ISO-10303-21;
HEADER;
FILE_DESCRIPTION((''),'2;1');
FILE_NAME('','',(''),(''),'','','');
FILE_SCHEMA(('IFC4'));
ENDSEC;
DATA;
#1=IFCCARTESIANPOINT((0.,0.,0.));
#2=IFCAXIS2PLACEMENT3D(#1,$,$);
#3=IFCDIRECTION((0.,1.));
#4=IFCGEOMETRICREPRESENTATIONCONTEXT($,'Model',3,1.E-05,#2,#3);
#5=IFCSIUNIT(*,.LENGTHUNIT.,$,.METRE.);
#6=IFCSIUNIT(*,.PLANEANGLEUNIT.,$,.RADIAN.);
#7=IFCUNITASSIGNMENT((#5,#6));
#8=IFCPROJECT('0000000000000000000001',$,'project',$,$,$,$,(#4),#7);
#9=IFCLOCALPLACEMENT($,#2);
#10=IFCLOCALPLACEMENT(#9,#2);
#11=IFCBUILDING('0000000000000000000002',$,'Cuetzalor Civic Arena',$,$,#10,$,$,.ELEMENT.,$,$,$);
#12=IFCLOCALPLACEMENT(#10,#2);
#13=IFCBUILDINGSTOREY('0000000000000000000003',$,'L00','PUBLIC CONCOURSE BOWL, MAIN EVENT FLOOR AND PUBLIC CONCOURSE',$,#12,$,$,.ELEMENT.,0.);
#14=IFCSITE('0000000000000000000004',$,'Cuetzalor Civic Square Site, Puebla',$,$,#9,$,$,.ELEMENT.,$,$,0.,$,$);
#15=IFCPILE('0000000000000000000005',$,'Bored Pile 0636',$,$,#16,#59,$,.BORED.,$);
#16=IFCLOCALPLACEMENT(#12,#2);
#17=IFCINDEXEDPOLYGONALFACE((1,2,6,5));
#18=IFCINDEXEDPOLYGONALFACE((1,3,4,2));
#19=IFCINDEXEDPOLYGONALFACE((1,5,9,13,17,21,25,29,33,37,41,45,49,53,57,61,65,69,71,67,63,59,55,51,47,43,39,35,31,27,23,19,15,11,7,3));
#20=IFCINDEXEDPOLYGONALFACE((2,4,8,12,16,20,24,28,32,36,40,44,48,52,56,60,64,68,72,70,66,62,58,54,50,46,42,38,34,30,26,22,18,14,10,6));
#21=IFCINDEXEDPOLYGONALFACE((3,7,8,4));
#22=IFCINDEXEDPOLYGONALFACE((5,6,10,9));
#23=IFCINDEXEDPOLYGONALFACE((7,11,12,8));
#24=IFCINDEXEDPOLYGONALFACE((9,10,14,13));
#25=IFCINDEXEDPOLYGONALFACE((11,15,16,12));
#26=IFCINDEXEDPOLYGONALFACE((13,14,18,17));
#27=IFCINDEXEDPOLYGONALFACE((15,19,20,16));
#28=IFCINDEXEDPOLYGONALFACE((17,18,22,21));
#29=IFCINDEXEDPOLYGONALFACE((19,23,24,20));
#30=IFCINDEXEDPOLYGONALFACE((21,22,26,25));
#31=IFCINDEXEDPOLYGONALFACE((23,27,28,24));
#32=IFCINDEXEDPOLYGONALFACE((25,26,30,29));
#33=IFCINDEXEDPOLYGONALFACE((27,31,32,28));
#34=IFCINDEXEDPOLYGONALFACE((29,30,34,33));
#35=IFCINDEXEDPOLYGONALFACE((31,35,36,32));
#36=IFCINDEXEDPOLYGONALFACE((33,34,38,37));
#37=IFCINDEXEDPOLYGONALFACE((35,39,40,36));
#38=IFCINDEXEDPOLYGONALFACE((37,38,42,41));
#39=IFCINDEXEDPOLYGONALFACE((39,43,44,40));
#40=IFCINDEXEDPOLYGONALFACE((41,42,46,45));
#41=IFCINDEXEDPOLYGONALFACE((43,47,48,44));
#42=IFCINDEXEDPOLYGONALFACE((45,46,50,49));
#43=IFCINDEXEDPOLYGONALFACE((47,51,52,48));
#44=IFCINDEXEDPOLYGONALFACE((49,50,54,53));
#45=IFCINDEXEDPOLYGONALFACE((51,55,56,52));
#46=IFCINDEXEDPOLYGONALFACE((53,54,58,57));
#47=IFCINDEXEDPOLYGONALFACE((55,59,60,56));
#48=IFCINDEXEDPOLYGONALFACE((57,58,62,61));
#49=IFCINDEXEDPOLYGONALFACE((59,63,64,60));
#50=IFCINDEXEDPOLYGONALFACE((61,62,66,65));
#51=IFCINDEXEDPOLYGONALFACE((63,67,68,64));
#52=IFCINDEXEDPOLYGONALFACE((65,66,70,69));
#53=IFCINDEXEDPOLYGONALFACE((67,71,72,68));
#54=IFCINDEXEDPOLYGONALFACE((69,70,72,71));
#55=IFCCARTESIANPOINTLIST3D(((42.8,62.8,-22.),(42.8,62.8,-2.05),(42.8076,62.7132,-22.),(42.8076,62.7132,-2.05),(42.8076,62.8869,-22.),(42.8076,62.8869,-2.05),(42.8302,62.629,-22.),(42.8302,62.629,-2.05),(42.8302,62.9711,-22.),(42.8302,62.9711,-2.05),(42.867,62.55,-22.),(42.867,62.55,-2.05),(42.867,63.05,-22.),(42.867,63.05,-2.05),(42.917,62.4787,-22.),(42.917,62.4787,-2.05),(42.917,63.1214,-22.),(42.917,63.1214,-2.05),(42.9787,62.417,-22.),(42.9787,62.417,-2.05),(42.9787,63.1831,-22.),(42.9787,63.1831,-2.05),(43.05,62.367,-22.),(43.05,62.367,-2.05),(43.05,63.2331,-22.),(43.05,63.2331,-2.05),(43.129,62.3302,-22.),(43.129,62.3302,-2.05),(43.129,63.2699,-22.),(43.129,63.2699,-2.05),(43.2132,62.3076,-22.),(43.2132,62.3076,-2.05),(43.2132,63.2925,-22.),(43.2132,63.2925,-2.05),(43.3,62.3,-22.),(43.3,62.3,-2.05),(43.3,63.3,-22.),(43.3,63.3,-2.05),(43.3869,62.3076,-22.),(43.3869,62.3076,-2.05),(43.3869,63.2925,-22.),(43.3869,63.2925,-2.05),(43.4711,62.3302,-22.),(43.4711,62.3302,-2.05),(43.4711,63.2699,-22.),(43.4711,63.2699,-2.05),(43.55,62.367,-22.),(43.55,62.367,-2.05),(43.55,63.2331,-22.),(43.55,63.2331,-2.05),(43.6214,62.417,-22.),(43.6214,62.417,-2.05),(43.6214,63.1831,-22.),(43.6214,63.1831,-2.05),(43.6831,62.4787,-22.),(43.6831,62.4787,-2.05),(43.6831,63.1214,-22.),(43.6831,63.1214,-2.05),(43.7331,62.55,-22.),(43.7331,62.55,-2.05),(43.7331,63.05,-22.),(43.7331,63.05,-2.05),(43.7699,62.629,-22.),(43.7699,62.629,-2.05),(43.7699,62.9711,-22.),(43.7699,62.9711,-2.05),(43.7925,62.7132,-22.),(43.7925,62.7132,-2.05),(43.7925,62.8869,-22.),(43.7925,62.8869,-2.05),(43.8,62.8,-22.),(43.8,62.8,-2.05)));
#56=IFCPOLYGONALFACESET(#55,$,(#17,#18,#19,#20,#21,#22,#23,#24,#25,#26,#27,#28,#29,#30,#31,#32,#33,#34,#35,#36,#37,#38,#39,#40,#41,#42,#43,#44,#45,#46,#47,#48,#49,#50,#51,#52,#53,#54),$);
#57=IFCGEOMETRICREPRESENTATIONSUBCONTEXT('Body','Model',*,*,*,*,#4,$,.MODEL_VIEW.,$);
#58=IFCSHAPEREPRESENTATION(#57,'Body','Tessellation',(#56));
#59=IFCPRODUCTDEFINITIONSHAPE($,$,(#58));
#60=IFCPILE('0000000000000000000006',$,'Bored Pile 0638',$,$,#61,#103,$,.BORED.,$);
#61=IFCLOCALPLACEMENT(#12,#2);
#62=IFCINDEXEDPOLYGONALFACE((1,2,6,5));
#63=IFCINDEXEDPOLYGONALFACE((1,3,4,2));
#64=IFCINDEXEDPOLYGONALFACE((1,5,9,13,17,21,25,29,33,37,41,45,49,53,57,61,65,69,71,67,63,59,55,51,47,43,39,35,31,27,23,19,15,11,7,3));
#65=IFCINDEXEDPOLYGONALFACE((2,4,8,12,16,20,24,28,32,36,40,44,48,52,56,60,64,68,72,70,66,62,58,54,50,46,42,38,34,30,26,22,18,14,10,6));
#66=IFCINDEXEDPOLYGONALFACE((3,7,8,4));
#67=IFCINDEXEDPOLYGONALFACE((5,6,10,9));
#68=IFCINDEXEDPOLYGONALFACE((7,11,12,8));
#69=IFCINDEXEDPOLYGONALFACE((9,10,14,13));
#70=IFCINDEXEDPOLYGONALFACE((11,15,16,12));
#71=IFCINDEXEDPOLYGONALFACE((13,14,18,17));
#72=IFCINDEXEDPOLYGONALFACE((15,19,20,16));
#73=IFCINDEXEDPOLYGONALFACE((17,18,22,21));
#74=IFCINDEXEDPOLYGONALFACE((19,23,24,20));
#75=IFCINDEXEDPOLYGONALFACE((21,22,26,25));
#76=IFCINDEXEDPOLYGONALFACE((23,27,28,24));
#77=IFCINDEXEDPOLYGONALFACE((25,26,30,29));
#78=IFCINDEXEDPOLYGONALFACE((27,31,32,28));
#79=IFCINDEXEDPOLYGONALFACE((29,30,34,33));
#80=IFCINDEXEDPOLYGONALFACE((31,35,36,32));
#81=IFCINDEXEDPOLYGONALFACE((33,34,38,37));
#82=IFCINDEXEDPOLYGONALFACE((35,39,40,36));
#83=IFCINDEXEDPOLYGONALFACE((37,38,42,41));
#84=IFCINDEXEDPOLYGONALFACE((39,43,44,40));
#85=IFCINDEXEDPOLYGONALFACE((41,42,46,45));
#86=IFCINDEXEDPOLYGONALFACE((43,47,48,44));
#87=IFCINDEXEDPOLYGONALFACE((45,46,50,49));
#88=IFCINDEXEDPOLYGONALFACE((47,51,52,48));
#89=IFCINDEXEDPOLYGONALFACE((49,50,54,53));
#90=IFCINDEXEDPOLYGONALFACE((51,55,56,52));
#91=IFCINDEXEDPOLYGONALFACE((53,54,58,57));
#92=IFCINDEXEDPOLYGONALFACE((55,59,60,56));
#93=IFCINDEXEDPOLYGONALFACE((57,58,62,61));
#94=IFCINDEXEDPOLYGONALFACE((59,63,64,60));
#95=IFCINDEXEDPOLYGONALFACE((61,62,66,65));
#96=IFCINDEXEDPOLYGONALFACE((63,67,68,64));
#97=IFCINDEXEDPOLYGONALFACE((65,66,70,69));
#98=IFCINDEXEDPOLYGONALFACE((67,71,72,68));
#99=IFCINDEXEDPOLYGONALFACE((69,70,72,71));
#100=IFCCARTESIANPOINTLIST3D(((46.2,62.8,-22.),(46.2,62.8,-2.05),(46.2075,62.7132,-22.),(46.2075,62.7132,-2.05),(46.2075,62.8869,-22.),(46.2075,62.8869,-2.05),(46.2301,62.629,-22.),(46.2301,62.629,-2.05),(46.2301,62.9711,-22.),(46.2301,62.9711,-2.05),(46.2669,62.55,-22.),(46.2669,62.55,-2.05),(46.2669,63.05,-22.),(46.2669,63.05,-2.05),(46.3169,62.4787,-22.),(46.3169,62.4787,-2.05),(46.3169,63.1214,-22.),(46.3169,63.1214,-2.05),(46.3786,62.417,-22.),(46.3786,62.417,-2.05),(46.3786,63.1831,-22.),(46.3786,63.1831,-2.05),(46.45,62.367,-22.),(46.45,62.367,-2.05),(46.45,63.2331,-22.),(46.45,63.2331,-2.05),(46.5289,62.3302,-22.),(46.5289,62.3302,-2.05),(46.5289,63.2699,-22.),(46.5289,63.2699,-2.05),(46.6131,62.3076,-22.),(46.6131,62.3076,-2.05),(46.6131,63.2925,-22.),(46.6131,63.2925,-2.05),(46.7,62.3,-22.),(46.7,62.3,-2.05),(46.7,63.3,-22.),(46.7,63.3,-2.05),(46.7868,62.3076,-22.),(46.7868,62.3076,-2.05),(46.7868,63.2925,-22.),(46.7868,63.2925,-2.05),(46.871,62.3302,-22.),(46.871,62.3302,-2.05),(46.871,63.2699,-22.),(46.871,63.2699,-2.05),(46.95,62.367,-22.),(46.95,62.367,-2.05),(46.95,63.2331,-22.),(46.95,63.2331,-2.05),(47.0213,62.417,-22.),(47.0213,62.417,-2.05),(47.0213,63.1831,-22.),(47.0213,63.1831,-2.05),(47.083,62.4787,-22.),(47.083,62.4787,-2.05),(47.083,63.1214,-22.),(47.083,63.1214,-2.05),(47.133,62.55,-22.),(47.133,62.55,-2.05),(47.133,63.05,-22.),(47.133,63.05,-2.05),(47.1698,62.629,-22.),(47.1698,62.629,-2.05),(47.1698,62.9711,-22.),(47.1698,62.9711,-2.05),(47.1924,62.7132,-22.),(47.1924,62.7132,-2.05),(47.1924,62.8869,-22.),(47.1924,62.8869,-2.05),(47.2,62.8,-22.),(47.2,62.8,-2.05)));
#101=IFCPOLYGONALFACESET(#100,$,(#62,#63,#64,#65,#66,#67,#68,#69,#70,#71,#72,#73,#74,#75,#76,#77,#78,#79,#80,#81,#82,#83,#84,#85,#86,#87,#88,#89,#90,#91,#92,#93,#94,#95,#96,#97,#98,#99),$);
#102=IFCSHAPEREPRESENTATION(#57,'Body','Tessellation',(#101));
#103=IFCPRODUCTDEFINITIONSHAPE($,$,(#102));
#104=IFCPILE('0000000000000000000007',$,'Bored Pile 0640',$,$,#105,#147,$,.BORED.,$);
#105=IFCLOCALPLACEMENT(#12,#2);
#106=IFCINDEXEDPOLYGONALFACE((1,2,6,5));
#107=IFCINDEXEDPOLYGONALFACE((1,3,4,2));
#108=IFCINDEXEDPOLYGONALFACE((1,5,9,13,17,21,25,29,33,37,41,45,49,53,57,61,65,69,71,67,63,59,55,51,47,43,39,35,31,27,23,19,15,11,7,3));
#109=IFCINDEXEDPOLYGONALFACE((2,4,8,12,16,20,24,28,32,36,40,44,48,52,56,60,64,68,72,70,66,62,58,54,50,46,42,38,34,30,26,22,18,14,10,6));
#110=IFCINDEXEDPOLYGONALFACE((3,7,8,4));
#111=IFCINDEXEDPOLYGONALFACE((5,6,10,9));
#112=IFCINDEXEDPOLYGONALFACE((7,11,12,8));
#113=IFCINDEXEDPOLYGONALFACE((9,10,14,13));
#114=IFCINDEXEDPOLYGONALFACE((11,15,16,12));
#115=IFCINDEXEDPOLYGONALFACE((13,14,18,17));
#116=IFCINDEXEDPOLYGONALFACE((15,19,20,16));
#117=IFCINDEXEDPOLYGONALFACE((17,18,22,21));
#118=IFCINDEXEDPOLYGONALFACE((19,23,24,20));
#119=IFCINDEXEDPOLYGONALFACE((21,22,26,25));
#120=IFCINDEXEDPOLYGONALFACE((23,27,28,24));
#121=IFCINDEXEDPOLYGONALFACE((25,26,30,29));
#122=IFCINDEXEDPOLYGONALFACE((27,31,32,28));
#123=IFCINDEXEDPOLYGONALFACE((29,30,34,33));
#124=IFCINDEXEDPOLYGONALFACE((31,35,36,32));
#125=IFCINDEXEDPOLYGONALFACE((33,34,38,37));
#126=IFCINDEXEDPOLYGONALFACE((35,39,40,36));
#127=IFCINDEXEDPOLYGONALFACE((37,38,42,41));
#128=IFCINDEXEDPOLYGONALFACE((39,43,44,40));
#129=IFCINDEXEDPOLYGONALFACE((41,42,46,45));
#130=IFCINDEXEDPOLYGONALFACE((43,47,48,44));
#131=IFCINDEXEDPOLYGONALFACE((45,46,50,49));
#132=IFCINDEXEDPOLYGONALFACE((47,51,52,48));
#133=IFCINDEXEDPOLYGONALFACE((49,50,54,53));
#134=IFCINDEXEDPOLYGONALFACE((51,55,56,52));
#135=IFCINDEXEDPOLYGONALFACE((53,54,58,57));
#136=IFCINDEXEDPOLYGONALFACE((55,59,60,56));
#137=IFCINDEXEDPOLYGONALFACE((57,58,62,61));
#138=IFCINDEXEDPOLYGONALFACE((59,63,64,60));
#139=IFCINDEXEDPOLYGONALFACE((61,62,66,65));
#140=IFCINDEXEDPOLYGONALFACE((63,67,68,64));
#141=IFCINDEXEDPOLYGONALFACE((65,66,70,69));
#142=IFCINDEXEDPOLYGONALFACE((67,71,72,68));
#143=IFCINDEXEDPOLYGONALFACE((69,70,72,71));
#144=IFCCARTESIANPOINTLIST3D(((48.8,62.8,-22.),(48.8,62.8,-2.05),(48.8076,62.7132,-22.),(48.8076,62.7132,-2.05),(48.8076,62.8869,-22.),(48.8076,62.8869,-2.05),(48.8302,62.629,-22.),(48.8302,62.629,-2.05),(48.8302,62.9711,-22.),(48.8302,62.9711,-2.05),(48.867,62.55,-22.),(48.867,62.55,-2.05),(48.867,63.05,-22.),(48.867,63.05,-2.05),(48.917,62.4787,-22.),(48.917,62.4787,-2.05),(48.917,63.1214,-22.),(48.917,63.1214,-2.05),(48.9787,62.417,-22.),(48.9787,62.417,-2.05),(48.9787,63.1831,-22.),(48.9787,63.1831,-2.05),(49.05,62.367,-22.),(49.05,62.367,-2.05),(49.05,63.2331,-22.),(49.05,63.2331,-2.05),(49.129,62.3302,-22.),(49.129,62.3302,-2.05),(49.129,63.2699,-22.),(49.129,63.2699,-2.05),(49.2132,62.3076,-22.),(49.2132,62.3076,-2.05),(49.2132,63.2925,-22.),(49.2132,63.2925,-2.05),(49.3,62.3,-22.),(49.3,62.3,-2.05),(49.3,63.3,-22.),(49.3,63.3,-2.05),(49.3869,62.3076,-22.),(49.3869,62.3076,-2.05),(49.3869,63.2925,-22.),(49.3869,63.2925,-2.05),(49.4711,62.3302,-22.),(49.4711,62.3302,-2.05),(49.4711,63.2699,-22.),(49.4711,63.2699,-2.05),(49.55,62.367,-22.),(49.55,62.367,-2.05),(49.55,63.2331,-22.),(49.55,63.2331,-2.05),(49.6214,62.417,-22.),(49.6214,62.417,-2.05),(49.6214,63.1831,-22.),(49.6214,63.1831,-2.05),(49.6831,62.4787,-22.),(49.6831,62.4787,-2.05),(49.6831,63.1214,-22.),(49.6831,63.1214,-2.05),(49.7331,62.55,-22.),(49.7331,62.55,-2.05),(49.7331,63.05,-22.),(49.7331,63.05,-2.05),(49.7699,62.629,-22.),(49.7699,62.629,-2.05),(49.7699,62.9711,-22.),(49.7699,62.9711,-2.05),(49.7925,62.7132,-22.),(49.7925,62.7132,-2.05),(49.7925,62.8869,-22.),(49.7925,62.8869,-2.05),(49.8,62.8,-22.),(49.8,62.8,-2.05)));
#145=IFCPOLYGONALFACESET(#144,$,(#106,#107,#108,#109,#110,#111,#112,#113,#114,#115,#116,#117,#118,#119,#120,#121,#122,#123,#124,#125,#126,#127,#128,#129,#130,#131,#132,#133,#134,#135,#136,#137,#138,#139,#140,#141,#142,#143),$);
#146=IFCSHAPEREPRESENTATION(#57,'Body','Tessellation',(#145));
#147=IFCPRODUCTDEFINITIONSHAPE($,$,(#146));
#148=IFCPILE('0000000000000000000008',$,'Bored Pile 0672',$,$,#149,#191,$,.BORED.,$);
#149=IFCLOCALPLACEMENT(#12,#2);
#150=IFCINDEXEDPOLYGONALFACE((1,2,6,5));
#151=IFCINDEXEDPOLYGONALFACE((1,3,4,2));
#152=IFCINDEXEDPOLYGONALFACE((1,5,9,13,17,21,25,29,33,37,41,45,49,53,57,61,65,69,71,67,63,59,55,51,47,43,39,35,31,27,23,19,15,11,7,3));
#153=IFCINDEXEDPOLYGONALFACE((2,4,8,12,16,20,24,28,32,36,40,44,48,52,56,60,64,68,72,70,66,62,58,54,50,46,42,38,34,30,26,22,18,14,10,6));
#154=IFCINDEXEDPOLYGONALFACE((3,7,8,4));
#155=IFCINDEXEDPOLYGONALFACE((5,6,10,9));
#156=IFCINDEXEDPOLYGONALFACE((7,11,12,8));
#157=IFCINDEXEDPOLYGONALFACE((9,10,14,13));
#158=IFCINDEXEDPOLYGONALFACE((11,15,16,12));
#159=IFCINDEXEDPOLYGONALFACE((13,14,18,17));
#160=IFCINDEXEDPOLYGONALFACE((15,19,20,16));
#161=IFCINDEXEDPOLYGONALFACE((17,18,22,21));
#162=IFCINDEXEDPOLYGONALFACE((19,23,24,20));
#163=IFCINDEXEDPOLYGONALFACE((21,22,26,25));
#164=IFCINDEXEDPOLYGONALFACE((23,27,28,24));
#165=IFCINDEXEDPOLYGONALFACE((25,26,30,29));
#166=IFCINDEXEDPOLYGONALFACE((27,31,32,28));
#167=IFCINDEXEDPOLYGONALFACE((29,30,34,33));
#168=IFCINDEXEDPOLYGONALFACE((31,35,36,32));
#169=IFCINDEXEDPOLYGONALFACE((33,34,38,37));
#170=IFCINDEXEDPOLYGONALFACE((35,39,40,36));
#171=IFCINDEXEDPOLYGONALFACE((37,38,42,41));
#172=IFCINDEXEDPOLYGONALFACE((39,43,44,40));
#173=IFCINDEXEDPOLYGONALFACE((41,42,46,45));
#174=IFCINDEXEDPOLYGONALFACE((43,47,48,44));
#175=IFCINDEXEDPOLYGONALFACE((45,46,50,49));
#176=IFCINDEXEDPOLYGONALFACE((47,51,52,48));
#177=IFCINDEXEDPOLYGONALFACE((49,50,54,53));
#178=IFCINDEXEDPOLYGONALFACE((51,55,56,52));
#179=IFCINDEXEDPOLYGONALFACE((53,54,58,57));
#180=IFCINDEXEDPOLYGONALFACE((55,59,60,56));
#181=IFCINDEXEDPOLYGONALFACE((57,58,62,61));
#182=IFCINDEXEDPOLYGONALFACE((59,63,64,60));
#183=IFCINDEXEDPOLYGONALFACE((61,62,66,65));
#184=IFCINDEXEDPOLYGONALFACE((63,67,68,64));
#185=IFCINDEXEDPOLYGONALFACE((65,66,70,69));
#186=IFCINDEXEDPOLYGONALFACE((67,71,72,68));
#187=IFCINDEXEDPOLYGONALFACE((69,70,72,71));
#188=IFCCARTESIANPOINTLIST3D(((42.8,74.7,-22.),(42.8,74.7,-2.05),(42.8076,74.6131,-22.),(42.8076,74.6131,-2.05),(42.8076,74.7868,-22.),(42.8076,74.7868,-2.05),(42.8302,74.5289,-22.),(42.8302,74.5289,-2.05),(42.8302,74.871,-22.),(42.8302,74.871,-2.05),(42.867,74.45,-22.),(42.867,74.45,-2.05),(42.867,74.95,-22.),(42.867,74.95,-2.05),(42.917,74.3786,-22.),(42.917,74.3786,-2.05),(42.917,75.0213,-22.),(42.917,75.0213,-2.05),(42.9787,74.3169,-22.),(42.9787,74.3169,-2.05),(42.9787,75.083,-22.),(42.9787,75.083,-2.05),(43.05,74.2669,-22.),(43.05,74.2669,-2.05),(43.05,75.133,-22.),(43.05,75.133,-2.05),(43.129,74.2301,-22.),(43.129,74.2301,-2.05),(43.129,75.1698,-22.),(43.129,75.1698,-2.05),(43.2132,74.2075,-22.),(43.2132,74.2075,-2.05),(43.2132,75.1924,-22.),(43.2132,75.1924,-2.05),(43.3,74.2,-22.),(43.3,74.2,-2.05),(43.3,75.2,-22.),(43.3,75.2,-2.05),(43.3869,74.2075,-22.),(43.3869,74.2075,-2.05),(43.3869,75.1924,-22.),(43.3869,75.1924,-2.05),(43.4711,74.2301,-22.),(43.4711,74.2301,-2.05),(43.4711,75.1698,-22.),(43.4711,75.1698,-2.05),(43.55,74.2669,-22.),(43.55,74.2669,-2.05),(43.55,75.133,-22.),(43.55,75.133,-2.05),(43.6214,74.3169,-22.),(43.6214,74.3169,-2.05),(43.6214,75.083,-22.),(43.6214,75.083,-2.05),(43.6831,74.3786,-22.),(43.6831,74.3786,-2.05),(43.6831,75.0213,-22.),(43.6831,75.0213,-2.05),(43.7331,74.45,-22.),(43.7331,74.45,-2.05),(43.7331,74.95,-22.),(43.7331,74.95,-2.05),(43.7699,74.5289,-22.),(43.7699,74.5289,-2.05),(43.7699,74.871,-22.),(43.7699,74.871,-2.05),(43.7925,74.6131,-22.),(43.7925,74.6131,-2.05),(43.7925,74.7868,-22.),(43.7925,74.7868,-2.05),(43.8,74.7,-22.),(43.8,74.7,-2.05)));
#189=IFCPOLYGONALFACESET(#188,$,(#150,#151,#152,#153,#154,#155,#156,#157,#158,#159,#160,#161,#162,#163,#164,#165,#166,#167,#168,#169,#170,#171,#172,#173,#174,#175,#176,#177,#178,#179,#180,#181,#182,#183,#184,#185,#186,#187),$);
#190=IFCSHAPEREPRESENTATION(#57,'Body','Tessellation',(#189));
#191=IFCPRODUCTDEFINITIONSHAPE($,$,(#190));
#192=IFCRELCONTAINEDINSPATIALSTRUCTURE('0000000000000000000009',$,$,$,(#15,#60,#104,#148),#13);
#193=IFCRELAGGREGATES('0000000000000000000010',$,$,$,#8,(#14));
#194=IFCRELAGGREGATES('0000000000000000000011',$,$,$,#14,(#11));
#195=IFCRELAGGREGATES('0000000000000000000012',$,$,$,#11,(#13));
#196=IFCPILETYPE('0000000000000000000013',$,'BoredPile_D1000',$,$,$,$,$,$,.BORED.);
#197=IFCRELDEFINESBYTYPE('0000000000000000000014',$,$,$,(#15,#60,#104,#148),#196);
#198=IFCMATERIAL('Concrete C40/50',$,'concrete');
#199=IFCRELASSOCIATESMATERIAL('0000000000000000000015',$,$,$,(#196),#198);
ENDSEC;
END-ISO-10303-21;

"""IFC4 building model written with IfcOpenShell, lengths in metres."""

from ifc_helpers import new_model, si_unit, direction, frame, origin, origin_2d, place, context, subcontext, project, spatial, circle, extrude, material, material_profile, profile_set, type_object, element, save


model = new_model("IFC4")

# Units and contexts
model_context = context("Model", 3, precision=1e-05, world=origin(), true_north=direction((0.0, 1.0)))
body_context = subcontext(model_context, "Body", "Model", "MODEL_VIEW")
ifc_project = project(units=[si_unit("LENGTHUNIT", "METRE"), si_unit("PLANEANGLEUNIT", "RADIAN")], contexts=[model_context])

# Site, building, storey
site_placement = place(None, origin())
site = spatial("IfcSite", under=ifc_project, at=site_placement, Name="Cuetzalor Civic Square Site, Puebla", CompositionType="ELEMENT", RefElevation=0.0)
building_placement = place(site_placement, origin())
building = spatial("IfcBuilding", under=site, at=building_placement, Name="Cuetzalor Civic Arena", CompositionType="ELEMENT")
storey_placement = place(building_placement, origin())
storey = spatial("IfcBuildingStorey", under=building, at=storey_placement, Name="L00", Description="PUBLIC CONCOURSE BOWL, MAIN EVENT FLOOR AND PUBLIC CONCOURSE", CompositionType="ELEMENT", Elevation=0.0)

# Piles
ifc_material_1 = material(Name="Concrete C40/50", Category="concrete")
ifc_material_profile_1 = material_profile(ifc_material_1, circle(Radius=0.5, at=origin_2d()), Name="BORED PILE D1000")
ifc_profile_set_1 = profile_set([ifc_material_profile_1], Name="Concrete C40/50")
pile_type = type_object("IfcPileType", Name="BoredPile_D1000", PredefinedType="BORED", material=ifc_profile_set_1)
for number, where, z_axis, x_axis, name in (
    (1, (43.3, 62.8, -2.05), (0.0, 0.0, -1.0), (1.0, 0.0, 0.0), "Bored Pile 0636"),
    (2, (46.7, 62.8, -2.05), (0.0, 0.0, -1.0), (1.0, 0.0, 0.0), "Bored Pile 0638"),
    (3, (49.3, 62.8, -2.05), (0.0, 0.0, -1.0), (1.0, 0.0, 0.0), "Bored Pile 0640"),
    (4, (43.3, 74.7, -2.05), (0.0, 0.0, -1.0), (1.0, 0.0, 0.0), "Bored Pile 0672"),
):
    element("IfcPile", number, at=place(storey_placement, frame(where, z_axis=z_axis, x_axis=x_axis)), inside=storey, type_object=pile_type, Name=name, PredefinedType="BORED", context=body_context, shape_type="SweptSolid", body=[
        extrude(circle(Radius=0.5, at=origin_2d()), origin(), (0.0, 0.0, 1.0), 19.95),
    ])

save(model, "model.ifc")
